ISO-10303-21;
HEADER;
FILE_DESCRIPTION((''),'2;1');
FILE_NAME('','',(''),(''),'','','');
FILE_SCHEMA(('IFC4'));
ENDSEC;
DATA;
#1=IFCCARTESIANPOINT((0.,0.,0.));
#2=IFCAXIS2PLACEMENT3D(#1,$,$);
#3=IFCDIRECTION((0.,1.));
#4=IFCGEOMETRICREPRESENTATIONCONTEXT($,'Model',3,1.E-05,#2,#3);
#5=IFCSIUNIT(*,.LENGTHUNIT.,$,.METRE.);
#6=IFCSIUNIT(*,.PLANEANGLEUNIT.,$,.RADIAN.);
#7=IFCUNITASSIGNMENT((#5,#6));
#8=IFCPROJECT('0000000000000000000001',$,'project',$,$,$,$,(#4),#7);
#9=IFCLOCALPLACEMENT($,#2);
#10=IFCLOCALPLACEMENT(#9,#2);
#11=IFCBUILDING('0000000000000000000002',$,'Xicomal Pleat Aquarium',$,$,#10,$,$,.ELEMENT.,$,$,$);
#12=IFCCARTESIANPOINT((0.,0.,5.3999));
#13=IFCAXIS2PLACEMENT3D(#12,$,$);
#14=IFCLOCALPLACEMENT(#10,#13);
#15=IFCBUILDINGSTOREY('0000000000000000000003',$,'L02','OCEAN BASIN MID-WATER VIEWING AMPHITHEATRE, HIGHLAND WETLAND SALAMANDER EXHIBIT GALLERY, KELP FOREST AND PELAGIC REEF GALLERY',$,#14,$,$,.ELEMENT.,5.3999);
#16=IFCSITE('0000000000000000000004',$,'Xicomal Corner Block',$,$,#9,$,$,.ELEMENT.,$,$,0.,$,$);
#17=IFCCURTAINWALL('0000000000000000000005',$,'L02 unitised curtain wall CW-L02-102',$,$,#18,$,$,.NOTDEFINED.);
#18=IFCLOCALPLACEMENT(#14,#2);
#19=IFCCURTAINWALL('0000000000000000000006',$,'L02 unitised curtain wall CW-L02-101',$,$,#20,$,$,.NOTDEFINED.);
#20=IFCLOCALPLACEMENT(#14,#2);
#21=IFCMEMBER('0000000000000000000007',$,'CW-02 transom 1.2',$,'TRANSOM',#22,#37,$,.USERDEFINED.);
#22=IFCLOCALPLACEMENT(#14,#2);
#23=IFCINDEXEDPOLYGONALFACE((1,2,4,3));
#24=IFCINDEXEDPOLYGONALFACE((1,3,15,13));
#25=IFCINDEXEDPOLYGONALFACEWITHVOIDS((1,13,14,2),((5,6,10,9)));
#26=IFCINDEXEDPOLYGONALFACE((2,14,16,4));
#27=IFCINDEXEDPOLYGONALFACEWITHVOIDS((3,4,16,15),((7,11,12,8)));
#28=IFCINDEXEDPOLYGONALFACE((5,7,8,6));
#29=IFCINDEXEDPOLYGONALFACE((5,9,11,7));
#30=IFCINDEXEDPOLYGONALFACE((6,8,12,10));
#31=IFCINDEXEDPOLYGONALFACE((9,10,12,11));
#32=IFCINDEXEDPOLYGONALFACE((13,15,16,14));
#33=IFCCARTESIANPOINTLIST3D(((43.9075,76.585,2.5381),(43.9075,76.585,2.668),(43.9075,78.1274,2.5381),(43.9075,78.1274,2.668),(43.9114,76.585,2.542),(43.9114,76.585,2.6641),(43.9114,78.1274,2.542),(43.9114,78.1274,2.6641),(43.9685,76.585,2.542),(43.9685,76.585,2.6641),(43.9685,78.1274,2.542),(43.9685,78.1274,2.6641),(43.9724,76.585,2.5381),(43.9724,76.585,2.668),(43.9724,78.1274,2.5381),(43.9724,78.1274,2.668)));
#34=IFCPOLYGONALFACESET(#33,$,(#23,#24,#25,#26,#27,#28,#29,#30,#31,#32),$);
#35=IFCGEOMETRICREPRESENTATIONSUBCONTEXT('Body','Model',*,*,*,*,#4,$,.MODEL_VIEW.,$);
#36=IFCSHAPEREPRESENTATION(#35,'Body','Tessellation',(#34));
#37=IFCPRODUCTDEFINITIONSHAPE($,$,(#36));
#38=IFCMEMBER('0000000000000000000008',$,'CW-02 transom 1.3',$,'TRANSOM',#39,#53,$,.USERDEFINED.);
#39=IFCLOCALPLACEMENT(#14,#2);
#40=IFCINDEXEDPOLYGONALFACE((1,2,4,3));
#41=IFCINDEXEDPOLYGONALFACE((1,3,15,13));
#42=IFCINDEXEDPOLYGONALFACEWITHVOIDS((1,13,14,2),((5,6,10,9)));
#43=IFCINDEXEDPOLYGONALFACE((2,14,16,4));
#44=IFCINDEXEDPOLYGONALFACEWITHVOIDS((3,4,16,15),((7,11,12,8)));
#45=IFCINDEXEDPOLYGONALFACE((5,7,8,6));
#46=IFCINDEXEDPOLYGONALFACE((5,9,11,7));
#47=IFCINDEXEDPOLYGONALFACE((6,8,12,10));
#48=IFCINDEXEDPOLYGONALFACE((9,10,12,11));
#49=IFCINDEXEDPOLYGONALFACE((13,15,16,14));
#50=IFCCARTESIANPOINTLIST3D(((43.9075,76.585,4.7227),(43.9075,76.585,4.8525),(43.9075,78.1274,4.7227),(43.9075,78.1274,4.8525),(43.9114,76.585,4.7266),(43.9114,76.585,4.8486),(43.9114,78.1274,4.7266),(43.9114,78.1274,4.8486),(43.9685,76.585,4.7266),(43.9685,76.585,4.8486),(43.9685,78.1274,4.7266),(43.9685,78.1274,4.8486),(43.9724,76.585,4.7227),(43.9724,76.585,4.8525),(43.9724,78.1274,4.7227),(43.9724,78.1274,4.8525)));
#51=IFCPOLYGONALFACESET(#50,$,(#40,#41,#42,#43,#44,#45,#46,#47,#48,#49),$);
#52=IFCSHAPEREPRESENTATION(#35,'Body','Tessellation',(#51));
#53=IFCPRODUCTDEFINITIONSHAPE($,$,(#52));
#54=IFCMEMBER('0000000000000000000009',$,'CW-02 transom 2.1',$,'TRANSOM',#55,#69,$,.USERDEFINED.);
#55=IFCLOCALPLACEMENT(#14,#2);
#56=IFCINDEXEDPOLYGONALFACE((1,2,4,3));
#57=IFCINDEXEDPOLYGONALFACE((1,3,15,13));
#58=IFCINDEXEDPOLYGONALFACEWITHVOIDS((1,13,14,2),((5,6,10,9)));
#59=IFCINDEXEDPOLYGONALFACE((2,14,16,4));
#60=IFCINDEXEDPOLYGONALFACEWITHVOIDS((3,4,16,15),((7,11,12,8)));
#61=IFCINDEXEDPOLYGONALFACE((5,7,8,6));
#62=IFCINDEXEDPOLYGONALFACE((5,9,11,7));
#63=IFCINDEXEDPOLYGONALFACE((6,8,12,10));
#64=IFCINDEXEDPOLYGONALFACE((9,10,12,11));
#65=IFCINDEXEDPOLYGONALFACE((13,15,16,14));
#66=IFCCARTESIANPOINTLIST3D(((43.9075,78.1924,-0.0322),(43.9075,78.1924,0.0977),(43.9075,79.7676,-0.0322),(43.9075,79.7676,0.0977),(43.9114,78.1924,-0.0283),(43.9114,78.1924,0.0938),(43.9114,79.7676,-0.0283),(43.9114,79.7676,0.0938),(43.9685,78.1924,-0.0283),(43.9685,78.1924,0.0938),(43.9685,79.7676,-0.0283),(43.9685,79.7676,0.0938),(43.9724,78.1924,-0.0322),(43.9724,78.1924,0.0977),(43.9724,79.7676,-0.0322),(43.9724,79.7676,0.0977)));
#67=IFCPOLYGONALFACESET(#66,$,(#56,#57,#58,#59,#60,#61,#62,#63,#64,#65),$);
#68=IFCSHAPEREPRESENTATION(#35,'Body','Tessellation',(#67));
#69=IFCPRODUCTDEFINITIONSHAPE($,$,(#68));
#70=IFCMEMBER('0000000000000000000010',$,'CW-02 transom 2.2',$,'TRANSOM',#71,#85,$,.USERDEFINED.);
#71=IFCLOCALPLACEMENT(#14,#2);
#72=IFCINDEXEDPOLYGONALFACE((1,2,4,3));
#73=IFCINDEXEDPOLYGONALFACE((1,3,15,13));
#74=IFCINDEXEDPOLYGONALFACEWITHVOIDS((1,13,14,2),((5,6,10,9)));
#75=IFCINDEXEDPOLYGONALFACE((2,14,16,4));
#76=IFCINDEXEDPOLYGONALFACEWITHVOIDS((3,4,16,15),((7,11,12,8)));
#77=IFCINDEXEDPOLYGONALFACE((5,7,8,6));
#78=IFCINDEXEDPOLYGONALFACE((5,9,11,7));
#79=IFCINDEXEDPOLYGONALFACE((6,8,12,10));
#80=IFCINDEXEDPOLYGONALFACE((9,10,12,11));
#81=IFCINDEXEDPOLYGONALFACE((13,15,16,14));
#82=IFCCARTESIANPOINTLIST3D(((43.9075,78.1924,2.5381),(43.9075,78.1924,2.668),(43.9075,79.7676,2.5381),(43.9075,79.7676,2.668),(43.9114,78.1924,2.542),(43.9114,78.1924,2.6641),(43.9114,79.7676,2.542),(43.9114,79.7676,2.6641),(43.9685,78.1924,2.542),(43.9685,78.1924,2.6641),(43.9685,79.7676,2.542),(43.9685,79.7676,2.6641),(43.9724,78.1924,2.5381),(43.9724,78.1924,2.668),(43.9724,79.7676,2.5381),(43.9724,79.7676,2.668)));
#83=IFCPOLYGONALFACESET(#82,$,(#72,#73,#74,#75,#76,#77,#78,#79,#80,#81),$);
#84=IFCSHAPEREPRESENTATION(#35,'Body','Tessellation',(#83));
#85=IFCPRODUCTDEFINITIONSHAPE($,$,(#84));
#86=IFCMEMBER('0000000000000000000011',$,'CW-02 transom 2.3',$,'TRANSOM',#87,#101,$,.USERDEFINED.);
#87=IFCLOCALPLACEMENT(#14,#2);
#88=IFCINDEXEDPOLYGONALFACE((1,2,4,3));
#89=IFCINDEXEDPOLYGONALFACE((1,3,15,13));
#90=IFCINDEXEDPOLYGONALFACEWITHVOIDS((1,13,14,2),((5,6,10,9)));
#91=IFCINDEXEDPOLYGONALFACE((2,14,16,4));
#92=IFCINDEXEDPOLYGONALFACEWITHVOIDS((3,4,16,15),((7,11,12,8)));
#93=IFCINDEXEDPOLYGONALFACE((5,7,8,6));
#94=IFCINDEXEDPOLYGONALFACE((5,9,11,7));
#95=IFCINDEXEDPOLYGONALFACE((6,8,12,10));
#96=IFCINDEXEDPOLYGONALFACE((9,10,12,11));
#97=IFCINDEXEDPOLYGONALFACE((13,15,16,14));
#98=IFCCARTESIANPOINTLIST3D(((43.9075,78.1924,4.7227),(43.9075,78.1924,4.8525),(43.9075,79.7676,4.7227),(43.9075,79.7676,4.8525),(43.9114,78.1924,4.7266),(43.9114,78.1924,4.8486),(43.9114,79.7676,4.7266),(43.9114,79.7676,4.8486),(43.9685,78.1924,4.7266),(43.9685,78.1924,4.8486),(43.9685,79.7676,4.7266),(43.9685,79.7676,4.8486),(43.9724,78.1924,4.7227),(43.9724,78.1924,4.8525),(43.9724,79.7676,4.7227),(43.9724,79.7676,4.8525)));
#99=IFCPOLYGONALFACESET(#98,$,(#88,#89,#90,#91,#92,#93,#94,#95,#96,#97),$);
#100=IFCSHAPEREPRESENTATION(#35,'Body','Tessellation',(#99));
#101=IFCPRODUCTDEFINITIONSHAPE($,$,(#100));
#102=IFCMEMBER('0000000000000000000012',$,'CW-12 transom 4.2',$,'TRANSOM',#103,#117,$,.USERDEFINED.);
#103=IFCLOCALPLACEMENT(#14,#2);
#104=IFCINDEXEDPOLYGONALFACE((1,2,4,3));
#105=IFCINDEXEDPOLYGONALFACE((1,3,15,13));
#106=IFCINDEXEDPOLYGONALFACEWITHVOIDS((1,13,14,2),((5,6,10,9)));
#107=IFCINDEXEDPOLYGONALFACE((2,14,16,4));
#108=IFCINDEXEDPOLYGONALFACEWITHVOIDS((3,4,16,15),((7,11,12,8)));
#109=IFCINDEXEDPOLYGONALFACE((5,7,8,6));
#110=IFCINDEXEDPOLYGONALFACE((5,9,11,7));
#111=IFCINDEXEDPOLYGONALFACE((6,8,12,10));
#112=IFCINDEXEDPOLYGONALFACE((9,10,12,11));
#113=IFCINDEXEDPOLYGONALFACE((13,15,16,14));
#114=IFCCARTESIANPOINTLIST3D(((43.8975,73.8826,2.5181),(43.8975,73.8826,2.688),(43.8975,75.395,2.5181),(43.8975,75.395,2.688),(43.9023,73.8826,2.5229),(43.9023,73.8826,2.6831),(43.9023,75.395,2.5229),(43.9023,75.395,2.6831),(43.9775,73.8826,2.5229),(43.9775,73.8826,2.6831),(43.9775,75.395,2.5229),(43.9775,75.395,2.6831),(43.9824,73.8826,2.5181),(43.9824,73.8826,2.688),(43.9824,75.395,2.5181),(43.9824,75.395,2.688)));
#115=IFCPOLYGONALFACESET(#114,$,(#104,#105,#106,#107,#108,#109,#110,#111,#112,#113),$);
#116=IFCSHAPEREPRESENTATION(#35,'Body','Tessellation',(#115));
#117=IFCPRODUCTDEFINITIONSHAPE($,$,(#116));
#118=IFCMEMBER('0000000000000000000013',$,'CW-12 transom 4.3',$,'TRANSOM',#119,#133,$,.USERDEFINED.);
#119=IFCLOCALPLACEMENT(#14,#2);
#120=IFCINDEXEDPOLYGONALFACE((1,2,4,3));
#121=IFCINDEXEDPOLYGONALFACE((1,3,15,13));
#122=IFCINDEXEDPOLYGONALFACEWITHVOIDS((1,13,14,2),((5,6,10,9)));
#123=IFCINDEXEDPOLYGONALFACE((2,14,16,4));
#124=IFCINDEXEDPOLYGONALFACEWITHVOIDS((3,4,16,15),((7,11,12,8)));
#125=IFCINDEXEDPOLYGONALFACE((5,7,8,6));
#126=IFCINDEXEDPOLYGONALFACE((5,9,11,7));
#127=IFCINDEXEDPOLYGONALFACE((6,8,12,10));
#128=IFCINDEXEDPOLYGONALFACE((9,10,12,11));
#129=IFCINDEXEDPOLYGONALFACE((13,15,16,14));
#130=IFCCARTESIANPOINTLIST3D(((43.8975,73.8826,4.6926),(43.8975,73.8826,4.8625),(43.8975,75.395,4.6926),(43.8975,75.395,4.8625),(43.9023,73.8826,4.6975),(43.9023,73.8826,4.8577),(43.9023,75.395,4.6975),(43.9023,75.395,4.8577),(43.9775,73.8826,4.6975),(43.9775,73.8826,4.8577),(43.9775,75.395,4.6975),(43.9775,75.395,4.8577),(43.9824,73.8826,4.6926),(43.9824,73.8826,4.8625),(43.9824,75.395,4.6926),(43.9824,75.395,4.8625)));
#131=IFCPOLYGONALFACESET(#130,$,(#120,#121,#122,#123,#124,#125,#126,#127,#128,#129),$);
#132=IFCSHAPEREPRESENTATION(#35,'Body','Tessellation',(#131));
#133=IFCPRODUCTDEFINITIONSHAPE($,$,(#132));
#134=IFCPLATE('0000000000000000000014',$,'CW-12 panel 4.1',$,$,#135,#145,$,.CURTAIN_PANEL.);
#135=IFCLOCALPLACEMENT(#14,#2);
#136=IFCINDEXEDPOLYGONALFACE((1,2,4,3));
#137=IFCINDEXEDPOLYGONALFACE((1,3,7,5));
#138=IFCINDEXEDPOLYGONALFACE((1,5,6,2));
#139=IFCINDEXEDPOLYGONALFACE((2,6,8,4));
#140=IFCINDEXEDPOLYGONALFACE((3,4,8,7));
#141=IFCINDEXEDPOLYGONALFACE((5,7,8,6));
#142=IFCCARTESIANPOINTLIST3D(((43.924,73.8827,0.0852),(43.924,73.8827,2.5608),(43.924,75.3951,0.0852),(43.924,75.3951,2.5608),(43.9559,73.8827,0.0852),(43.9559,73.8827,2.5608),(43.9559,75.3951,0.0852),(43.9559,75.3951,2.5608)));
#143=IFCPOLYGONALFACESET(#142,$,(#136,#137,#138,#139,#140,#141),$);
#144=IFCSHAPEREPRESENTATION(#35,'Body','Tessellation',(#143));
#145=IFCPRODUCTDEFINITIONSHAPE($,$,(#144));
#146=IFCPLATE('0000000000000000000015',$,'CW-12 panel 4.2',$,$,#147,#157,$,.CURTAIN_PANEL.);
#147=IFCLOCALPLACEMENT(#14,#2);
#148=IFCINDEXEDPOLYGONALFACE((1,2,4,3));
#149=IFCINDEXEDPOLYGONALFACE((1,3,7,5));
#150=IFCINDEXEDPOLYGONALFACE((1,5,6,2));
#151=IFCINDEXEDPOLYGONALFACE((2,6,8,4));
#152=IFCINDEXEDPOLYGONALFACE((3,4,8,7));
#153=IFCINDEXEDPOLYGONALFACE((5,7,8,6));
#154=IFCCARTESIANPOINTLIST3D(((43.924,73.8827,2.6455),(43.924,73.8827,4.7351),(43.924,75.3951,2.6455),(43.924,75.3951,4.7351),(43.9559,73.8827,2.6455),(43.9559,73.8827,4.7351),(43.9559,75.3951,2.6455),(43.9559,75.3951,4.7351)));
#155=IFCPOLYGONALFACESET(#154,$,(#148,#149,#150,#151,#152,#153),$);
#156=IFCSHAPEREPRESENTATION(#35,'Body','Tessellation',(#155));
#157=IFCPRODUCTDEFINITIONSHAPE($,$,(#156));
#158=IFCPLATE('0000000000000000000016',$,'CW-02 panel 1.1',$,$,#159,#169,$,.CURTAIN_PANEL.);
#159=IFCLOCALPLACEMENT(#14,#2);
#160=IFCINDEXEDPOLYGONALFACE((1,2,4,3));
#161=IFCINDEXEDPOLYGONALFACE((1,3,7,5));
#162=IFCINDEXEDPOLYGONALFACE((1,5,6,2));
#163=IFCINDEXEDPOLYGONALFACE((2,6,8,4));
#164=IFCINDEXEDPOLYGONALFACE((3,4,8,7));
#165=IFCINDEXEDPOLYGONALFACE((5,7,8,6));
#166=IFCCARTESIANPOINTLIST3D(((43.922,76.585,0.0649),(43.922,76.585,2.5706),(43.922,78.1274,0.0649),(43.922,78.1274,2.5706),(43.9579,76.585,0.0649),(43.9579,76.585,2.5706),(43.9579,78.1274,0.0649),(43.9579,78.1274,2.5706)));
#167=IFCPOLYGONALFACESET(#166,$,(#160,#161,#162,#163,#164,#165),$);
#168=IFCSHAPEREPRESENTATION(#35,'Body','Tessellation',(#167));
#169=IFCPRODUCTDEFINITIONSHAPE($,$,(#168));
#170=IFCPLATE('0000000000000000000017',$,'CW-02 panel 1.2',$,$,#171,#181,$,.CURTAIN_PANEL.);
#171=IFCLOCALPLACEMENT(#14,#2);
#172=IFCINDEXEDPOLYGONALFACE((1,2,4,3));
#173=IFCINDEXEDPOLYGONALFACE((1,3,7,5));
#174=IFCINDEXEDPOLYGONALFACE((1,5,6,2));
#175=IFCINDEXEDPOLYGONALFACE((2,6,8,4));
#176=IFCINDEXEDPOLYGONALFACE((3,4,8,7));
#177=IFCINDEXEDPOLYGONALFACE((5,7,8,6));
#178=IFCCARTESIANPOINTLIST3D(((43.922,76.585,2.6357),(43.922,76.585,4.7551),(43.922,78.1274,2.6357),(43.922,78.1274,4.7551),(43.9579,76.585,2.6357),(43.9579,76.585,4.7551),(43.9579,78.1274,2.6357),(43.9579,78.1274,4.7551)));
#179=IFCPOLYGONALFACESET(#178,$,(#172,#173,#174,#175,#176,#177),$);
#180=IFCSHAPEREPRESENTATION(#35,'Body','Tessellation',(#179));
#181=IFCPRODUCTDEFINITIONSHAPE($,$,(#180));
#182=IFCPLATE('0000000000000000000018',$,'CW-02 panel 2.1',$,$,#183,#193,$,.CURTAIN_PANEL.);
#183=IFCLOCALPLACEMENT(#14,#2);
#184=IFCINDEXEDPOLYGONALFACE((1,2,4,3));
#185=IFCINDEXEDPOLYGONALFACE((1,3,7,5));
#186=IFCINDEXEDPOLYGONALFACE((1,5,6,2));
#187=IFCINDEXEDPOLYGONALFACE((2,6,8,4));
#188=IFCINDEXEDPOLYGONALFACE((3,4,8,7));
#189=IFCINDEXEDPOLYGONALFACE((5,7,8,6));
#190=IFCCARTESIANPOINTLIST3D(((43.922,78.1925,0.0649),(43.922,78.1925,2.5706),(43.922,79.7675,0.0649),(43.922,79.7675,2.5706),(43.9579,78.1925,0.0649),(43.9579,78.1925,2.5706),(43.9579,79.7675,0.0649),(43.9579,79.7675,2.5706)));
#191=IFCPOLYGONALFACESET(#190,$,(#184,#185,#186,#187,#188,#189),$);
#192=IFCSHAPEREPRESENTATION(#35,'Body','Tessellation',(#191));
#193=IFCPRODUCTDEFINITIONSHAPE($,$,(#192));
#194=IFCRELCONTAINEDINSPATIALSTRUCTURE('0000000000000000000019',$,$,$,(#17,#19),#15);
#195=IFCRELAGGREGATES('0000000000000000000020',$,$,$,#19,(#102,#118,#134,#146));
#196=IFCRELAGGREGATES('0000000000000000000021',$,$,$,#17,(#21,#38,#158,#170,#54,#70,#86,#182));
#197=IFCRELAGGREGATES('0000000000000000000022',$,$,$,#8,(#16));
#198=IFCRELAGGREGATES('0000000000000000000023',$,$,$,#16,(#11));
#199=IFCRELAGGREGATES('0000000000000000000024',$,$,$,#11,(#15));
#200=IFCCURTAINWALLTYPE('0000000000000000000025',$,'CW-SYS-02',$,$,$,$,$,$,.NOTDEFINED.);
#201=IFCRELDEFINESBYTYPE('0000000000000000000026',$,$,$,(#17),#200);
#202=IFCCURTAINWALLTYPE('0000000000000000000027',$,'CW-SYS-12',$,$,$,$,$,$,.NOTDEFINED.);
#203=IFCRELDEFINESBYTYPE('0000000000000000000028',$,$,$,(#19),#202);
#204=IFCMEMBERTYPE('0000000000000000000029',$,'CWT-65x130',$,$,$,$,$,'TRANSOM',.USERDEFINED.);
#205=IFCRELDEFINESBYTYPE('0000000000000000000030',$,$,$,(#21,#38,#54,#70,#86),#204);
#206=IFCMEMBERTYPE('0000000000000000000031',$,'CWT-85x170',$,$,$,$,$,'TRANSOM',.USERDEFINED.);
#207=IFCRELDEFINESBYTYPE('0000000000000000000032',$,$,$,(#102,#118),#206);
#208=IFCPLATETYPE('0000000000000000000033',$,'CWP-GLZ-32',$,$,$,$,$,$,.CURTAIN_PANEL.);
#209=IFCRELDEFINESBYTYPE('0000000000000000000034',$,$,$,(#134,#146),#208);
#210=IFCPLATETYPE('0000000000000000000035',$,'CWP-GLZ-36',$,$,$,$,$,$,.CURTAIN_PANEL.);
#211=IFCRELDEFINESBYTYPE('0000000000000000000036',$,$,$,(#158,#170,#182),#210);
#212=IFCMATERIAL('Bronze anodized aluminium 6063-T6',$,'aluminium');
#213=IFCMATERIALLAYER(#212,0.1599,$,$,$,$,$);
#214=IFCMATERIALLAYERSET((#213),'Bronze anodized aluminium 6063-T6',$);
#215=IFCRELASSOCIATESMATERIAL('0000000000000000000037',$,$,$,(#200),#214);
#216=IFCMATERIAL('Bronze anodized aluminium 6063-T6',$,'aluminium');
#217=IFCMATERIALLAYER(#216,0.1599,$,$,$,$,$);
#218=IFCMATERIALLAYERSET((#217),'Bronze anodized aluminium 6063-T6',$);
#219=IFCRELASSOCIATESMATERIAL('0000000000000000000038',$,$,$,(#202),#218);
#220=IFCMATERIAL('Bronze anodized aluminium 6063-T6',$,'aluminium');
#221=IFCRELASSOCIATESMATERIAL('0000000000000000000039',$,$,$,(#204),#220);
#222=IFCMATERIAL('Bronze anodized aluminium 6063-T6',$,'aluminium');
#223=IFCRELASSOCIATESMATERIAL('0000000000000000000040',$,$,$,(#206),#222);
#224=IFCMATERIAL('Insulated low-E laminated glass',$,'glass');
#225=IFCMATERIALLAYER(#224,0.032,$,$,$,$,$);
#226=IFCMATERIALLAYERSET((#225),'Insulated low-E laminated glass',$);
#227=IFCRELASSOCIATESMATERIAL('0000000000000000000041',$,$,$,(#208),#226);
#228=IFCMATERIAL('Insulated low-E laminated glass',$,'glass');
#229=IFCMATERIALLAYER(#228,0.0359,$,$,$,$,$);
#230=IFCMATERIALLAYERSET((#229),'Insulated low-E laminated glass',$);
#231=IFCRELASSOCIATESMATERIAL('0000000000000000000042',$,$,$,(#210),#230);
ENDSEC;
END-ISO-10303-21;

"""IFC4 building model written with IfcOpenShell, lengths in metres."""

from ifc_helpers import new_model, si_unit, direction, frame, origin, origin_2d, place, context, subcontext, project, spatial, rectangle, hollow_rectangle, extrude, material, layer, layer_set, material_profile, profile_set, type_object, element, aggregate, save


model = new_model("IFC4")

# Units and contexts
model_context = context("Model", 3, precision=1e-05, world=origin(), true_north=direction((0.0, 1.0)))
body_context = subcontext(model_context, "Body", "Model", "MODEL_VIEW")
ifc_project = project(units=[si_unit("LENGTHUNIT", "METRE"), si_unit("PLANEANGLEUNIT", "RADIAN")], contexts=[model_context])

# Site, building, storey
site_placement = place(None, origin())
site = spatial("IfcSite", under=ifc_project, at=site_placement, Name="Xicomal Corner Block", CompositionType="ELEMENT", RefElevation=0.0)
building_placement = place(site_placement, origin())
building = spatial("IfcBuilding", under=site, at=building_placement, Name="Xicomal Pleat Aquarium", CompositionType="ELEMENT")
storey_placement = place(building_placement, frame((0.0, 0.0, 5.3999)))
storey = spatial("IfcBuildingStorey", under=building, at=storey_placement, Name="L02", Description="OCEAN BASIN MID-WATER VIEWING AMPHITHEATRE, HIGHLAND WETLAND SALAMANDER EXHIBIT GALLERY, KELP FOREST AND PELAGIC REEF GALLERY", CompositionType="ELEMENT", Elevation=5.3999)

# Curtain wall
ifc_material_1 = material(Name="Bronze anodized aluminium 6063-T6", Category="aluminium")
ifc_layer_1 = layer(ifc_material_1, 0.1599)
ifc_layer_set_1 = layer_set([ifc_layer_1], Name="Bronze anodized aluminium 6063-T6")
curtain_wall_type_1 = type_object("IfcCurtainWallType", Name="CW-SYS-02", PredefinedType="NOTDEFINED", material=ifc_layer_set_1)
curtain_wall_1_placement = place(storey_placement, origin())
curtain_wall_1 = element("IfcCurtainWall", 1, at=curtain_wall_1_placement, inside=storey, type_object=curtain_wall_type_1, Name="L02 unitised curtain wall CW-L02-102", PredefinedType="NOTDEFINED")

# Curtain wall
ifc_material_2 = material(Name="Bronze anodized aluminium 6063-T6", Category="aluminium")
ifc_layer_2 = layer(ifc_material_2, 0.1599)
ifc_layer_set_2 = layer_set([ifc_layer_2], Name="Bronze anodized aluminium 6063-T6")
curtain_wall_type_2 = type_object("IfcCurtainWallType", Name="CW-SYS-12", PredefinedType="NOTDEFINED", material=ifc_layer_set_2)
curtain_wall_2_placement = place(storey_placement, origin())
curtain_wall_2 = element("IfcCurtainWall", 2, at=curtain_wall_2_placement, inside=storey, type_object=curtain_wall_type_2, Name="L02 unitised curtain wall CW-L02-101", PredefinedType="NOTDEFINED")

# Members
ifc_material_3 = material(Name="Bronze anodized aluminium 6063-T6", Category="aluminium")
ifc_material_profile_1 = material_profile(ifc_material_3, hollow_rectangle(XDim=0.0649, YDim=0.1299, WallThickness=0.0039, at=origin_2d()), Name="ALU TRAN 65x130")
ifc_profile_set_1 = profile_set([ifc_material_profile_1], Name="Bronze anodized aluminium 6063-T6")
member_type_1 = type_object("IfcMemberType", Name="CWT-65x130", ElementType="TRANSOM", PredefinedType="USERDEFINED", material=ifc_profile_set_1)
member_1_placement = place(storey_placement, frame((43.9399, 76.585, 2.603), z_axis=(0.0, 1.0, 0.0), x_axis=(-1.0, 0.0, 0.0)))
member_1 = element("IfcMember", 3, at=member_1_placement, type_object=member_type_1, Name="CW-02 transom 1.2", ObjectType="TRANSOM", PredefinedType="USERDEFINED", context=body_context, shape_type="SweptSolid", body=[
    extrude(hollow_rectangle(XDim=0.0649, YDim=0.1299, WallThickness=0.0039, at=origin_2d()), origin(), (0.0, 0.0, 1.0), 1.5425),
])
member_2_placement = place(storey_placement, frame((43.9399, 76.585, 4.7876), z_axis=(0.0, 1.0, 0.0), x_axis=(-1.0, 0.0, 0.0)))
member_2 = element("IfcMember", 4, at=member_2_placement, type_object=member_type_1, Name="CW-02 transom 1.3", ObjectType="TRANSOM", PredefinedType="USERDEFINED", context=body_context, shape_type="SweptSolid", body=[
    extrude(hollow_rectangle(XDim=0.0649, YDim=0.1299, WallThickness=0.0039, at=origin_2d()), origin(), (0.0, 0.0, 1.0), 1.5425),
])
member_3_placement = place(storey_placement, frame((43.9399, 78.1924, 0.0327), z_axis=(0.0, 1.0, 0.0), x_axis=(-1.0, 0.0, 0.0)))
member_3 = element("IfcMember", 5, at=member_3_placement, type_object=member_type_1, Name="CW-02 transom 2.1", ObjectType="TRANSOM", PredefinedType="USERDEFINED", context=body_context, shape_type="SweptSolid", body=[
    extrude(hollow_rectangle(XDim=0.0649, YDim=0.1299, WallThickness=0.0039, at=origin_2d()), origin(), (0.0, 0.0, 1.0), 1.5752),
])
member_4_placement = place(storey_placement, frame((43.9399, 78.1924, 2.603), z_axis=(0.0, 1.0, 0.0), x_axis=(-1.0, 0.0, 0.0)))
member_4 = element("IfcMember", 6, at=member_4_placement, type_object=member_type_1, Name="CW-02 transom 2.2", ObjectType="TRANSOM", PredefinedType="USERDEFINED", context=body_context, shape_type="SweptSolid", body=[
    extrude(hollow_rectangle(XDim=0.0649, YDim=0.1299, WallThickness=0.0039, at=origin_2d()), origin(), (0.0, 0.0, 1.0), 1.5752),
])
member_5_placement = place(storey_placement, frame((43.9399, 78.1924, 4.7876), z_axis=(0.0, 1.0, 0.0), x_axis=(-1.0, 0.0, 0.0)))
member_5 = element("IfcMember", 7, at=member_5_placement, type_object=member_type_1, Name="CW-02 transom 2.3", ObjectType="TRANSOM", PredefinedType="USERDEFINED", context=body_context, shape_type="SweptSolid", body=[
    extrude(hollow_rectangle(XDim=0.0649, YDim=0.1299, WallThickness=0.0039, at=origin_2d()), origin(), (0.0, 0.0, 1.0), 1.5752),
])
ifc_material_4 = material(Name="Bronze anodized aluminium 6063-T6", Category="aluminium")
ifc_material_profile_2 = material_profile(ifc_material_4, hollow_rectangle(XDim=0.085, YDim=0.1699, WallThickness=0.0049, at=origin_2d()), Name="ALU TRAN 85x170")
ifc_profile_set_2 = profile_set([ifc_material_profile_2], Name="Bronze anodized aluminium 6063-T6")
member_type_2 = type_object("IfcMemberType", Name="CWT-85x170", ElementType="TRANSOM", PredefinedType="USERDEFINED", material=ifc_profile_set_2)
member_6_placement = place(storey_placement, frame((43.9399, 73.8826, 2.603), z_axis=(0.0, 1.0, 0.0), x_axis=(-1.0, 0.0, 0.0)))
member_6 = element("IfcMember", 8, at=member_6_placement, type_object=member_type_2, Name="CW-12 transom 4.2", ObjectType="TRANSOM", PredefinedType="USERDEFINED", context=body_context, shape_type="SweptSolid", body=[
    extrude(hollow_rectangle(XDim=0.085, YDim=0.1699, WallThickness=0.0049, at=origin_2d()), origin(), (0.0, 0.0, 1.0), 1.5125),
])
member_7_placement = place(storey_placement, frame((43.9399, 73.8826, 4.7776), z_axis=(0.0, 1.0, 0.0), x_axis=(-1.0, 0.0, 0.0)))
member_7 = element("IfcMember", 9, at=member_7_placement, type_object=member_type_2, Name="CW-12 transom 4.3", ObjectType="TRANSOM", PredefinedType="USERDEFINED", context=body_context, shape_type="SweptSolid", body=[
    extrude(hollow_rectangle(XDim=0.085, YDim=0.1699, WallThickness=0.0049, at=origin_2d()), origin(), (0.0, 0.0, 1.0), 1.5125),
])

# Plates
ifc_material_5 = material(Name="Insulated low-E laminated glass", Category="glass")
ifc_layer_3 = layer(ifc_material_5, 0.032)
ifc_layer_set_3 = layer_set([ifc_layer_3], Name="Insulated low-E laminated glass")
plate_type_1 = type_object("IfcPlateType", Name="CWP-GLZ-32", PredefinedType="CURTAIN_PANEL", material=ifc_layer_set_3)
plate_1_placement = place(storey_placement, frame((43.9399, 74.6389, 0.0852), z_axis=(0.0, 0.0, 1.0), x_axis=(0.0, 1.0, 0.0)))
plate_1 = element("IfcPlate", 10, at=plate_1_placement, type_object=plate_type_1, Name="CW-12 panel 4.1", PredefinedType="CURTAIN_PANEL", context=body_context, shape_type="SweptSolid", body=[
    extrude(rectangle(XDim=1.5125, YDim=0.032, at=origin_2d()), origin(), (0.0, 0.0, 1.0), 2.4756),
])
plate_2_placement = place(storey_placement, frame((43.9399, 74.6389, 2.6455), z_axis=(0.0, 0.0, 1.0), x_axis=(0.0, 1.0, 0.0)))
plate_2 = element("IfcPlate", 11, at=plate_2_placement, type_object=plate_type_1, Name="CW-12 panel 4.2", PredefinedType="CURTAIN_PANEL", context=body_context, shape_type="SweptSolid", body=[
    extrude(rectangle(XDim=1.5125, YDim=0.032, at=origin_2d()), origin(), (0.0, 0.0, 1.0), 2.0896),
])
aggregate(curtain_wall_2, [member_6, member_7, plate_1, plate_2])
ifc_material_6 = material(Name="Insulated low-E laminated glass", Category="glass")
ifc_layer_4 = layer(ifc_material_6, 0.0359)
ifc_layer_set_4 = layer_set([ifc_layer_4], Name="Insulated low-E laminated glass")
plate_type_2 = type_object("IfcPlateType", Name="CWP-GLZ-36", PredefinedType="CURTAIN_PANEL", material=ifc_layer_set_4)
plate_3_placement = place(storey_placement, frame((43.9399, 77.3562, 0.0649), z_axis=(0.0, 0.0, 1.0), x_axis=(0.0, 1.0, 0.0)))
plate_3 = element("IfcPlate", 12, at=plate_3_placement, type_object=plate_type_2, Name="CW-02 panel 1.1", PredefinedType="CURTAIN_PANEL", context=body_context, shape_type="SweptSolid", body=[
    extrude(rectangle(XDim=1.5425, YDim=0.0359, at=origin_2d()), origin(), (0.0, 0.0, 1.0), 2.5056),
])
plate_4_placement = place(storey_placement, frame((43.9399, 77.3562, 2.6357), z_axis=(0.0, 0.0, 1.0), x_axis=(0.0, 1.0, 0.0)))
plate_4 = element("IfcPlate", 13, at=plate_4_placement, type_object=plate_type_2, Name="CW-02 panel 1.2", PredefinedType="CURTAIN_PANEL", context=body_context, shape_type="SweptSolid", body=[
    extrude(rectangle(XDim=1.5425, YDim=0.0359, at=origin_2d()), origin(), (0.0, 0.0, 1.0), 2.1194),
])
plate_5_placement = place(storey_placement, frame((43.9399, 78.98, 0.0649), z_axis=(0.0, 0.0, 1.0), x_axis=(0.0, 1.0, 0.0)))
plate_5 = element("IfcPlate", 14, at=plate_5_placement, type_object=plate_type_2, Name="CW-02 panel 2.1", PredefinedType="CURTAIN_PANEL", context=body_context, shape_type="SweptSolid", body=[
    extrude(rectangle(XDim=1.575, YDim=0.0359, at=origin_2d()), origin(), (0.0, 0.0, 1.0), 2.5056),
])
aggregate(curtain_wall_1, [member_1, member_2, plate_3, plate_4, member_3, member_4, member_5, plate_5])

save(model, "model.ifc")
